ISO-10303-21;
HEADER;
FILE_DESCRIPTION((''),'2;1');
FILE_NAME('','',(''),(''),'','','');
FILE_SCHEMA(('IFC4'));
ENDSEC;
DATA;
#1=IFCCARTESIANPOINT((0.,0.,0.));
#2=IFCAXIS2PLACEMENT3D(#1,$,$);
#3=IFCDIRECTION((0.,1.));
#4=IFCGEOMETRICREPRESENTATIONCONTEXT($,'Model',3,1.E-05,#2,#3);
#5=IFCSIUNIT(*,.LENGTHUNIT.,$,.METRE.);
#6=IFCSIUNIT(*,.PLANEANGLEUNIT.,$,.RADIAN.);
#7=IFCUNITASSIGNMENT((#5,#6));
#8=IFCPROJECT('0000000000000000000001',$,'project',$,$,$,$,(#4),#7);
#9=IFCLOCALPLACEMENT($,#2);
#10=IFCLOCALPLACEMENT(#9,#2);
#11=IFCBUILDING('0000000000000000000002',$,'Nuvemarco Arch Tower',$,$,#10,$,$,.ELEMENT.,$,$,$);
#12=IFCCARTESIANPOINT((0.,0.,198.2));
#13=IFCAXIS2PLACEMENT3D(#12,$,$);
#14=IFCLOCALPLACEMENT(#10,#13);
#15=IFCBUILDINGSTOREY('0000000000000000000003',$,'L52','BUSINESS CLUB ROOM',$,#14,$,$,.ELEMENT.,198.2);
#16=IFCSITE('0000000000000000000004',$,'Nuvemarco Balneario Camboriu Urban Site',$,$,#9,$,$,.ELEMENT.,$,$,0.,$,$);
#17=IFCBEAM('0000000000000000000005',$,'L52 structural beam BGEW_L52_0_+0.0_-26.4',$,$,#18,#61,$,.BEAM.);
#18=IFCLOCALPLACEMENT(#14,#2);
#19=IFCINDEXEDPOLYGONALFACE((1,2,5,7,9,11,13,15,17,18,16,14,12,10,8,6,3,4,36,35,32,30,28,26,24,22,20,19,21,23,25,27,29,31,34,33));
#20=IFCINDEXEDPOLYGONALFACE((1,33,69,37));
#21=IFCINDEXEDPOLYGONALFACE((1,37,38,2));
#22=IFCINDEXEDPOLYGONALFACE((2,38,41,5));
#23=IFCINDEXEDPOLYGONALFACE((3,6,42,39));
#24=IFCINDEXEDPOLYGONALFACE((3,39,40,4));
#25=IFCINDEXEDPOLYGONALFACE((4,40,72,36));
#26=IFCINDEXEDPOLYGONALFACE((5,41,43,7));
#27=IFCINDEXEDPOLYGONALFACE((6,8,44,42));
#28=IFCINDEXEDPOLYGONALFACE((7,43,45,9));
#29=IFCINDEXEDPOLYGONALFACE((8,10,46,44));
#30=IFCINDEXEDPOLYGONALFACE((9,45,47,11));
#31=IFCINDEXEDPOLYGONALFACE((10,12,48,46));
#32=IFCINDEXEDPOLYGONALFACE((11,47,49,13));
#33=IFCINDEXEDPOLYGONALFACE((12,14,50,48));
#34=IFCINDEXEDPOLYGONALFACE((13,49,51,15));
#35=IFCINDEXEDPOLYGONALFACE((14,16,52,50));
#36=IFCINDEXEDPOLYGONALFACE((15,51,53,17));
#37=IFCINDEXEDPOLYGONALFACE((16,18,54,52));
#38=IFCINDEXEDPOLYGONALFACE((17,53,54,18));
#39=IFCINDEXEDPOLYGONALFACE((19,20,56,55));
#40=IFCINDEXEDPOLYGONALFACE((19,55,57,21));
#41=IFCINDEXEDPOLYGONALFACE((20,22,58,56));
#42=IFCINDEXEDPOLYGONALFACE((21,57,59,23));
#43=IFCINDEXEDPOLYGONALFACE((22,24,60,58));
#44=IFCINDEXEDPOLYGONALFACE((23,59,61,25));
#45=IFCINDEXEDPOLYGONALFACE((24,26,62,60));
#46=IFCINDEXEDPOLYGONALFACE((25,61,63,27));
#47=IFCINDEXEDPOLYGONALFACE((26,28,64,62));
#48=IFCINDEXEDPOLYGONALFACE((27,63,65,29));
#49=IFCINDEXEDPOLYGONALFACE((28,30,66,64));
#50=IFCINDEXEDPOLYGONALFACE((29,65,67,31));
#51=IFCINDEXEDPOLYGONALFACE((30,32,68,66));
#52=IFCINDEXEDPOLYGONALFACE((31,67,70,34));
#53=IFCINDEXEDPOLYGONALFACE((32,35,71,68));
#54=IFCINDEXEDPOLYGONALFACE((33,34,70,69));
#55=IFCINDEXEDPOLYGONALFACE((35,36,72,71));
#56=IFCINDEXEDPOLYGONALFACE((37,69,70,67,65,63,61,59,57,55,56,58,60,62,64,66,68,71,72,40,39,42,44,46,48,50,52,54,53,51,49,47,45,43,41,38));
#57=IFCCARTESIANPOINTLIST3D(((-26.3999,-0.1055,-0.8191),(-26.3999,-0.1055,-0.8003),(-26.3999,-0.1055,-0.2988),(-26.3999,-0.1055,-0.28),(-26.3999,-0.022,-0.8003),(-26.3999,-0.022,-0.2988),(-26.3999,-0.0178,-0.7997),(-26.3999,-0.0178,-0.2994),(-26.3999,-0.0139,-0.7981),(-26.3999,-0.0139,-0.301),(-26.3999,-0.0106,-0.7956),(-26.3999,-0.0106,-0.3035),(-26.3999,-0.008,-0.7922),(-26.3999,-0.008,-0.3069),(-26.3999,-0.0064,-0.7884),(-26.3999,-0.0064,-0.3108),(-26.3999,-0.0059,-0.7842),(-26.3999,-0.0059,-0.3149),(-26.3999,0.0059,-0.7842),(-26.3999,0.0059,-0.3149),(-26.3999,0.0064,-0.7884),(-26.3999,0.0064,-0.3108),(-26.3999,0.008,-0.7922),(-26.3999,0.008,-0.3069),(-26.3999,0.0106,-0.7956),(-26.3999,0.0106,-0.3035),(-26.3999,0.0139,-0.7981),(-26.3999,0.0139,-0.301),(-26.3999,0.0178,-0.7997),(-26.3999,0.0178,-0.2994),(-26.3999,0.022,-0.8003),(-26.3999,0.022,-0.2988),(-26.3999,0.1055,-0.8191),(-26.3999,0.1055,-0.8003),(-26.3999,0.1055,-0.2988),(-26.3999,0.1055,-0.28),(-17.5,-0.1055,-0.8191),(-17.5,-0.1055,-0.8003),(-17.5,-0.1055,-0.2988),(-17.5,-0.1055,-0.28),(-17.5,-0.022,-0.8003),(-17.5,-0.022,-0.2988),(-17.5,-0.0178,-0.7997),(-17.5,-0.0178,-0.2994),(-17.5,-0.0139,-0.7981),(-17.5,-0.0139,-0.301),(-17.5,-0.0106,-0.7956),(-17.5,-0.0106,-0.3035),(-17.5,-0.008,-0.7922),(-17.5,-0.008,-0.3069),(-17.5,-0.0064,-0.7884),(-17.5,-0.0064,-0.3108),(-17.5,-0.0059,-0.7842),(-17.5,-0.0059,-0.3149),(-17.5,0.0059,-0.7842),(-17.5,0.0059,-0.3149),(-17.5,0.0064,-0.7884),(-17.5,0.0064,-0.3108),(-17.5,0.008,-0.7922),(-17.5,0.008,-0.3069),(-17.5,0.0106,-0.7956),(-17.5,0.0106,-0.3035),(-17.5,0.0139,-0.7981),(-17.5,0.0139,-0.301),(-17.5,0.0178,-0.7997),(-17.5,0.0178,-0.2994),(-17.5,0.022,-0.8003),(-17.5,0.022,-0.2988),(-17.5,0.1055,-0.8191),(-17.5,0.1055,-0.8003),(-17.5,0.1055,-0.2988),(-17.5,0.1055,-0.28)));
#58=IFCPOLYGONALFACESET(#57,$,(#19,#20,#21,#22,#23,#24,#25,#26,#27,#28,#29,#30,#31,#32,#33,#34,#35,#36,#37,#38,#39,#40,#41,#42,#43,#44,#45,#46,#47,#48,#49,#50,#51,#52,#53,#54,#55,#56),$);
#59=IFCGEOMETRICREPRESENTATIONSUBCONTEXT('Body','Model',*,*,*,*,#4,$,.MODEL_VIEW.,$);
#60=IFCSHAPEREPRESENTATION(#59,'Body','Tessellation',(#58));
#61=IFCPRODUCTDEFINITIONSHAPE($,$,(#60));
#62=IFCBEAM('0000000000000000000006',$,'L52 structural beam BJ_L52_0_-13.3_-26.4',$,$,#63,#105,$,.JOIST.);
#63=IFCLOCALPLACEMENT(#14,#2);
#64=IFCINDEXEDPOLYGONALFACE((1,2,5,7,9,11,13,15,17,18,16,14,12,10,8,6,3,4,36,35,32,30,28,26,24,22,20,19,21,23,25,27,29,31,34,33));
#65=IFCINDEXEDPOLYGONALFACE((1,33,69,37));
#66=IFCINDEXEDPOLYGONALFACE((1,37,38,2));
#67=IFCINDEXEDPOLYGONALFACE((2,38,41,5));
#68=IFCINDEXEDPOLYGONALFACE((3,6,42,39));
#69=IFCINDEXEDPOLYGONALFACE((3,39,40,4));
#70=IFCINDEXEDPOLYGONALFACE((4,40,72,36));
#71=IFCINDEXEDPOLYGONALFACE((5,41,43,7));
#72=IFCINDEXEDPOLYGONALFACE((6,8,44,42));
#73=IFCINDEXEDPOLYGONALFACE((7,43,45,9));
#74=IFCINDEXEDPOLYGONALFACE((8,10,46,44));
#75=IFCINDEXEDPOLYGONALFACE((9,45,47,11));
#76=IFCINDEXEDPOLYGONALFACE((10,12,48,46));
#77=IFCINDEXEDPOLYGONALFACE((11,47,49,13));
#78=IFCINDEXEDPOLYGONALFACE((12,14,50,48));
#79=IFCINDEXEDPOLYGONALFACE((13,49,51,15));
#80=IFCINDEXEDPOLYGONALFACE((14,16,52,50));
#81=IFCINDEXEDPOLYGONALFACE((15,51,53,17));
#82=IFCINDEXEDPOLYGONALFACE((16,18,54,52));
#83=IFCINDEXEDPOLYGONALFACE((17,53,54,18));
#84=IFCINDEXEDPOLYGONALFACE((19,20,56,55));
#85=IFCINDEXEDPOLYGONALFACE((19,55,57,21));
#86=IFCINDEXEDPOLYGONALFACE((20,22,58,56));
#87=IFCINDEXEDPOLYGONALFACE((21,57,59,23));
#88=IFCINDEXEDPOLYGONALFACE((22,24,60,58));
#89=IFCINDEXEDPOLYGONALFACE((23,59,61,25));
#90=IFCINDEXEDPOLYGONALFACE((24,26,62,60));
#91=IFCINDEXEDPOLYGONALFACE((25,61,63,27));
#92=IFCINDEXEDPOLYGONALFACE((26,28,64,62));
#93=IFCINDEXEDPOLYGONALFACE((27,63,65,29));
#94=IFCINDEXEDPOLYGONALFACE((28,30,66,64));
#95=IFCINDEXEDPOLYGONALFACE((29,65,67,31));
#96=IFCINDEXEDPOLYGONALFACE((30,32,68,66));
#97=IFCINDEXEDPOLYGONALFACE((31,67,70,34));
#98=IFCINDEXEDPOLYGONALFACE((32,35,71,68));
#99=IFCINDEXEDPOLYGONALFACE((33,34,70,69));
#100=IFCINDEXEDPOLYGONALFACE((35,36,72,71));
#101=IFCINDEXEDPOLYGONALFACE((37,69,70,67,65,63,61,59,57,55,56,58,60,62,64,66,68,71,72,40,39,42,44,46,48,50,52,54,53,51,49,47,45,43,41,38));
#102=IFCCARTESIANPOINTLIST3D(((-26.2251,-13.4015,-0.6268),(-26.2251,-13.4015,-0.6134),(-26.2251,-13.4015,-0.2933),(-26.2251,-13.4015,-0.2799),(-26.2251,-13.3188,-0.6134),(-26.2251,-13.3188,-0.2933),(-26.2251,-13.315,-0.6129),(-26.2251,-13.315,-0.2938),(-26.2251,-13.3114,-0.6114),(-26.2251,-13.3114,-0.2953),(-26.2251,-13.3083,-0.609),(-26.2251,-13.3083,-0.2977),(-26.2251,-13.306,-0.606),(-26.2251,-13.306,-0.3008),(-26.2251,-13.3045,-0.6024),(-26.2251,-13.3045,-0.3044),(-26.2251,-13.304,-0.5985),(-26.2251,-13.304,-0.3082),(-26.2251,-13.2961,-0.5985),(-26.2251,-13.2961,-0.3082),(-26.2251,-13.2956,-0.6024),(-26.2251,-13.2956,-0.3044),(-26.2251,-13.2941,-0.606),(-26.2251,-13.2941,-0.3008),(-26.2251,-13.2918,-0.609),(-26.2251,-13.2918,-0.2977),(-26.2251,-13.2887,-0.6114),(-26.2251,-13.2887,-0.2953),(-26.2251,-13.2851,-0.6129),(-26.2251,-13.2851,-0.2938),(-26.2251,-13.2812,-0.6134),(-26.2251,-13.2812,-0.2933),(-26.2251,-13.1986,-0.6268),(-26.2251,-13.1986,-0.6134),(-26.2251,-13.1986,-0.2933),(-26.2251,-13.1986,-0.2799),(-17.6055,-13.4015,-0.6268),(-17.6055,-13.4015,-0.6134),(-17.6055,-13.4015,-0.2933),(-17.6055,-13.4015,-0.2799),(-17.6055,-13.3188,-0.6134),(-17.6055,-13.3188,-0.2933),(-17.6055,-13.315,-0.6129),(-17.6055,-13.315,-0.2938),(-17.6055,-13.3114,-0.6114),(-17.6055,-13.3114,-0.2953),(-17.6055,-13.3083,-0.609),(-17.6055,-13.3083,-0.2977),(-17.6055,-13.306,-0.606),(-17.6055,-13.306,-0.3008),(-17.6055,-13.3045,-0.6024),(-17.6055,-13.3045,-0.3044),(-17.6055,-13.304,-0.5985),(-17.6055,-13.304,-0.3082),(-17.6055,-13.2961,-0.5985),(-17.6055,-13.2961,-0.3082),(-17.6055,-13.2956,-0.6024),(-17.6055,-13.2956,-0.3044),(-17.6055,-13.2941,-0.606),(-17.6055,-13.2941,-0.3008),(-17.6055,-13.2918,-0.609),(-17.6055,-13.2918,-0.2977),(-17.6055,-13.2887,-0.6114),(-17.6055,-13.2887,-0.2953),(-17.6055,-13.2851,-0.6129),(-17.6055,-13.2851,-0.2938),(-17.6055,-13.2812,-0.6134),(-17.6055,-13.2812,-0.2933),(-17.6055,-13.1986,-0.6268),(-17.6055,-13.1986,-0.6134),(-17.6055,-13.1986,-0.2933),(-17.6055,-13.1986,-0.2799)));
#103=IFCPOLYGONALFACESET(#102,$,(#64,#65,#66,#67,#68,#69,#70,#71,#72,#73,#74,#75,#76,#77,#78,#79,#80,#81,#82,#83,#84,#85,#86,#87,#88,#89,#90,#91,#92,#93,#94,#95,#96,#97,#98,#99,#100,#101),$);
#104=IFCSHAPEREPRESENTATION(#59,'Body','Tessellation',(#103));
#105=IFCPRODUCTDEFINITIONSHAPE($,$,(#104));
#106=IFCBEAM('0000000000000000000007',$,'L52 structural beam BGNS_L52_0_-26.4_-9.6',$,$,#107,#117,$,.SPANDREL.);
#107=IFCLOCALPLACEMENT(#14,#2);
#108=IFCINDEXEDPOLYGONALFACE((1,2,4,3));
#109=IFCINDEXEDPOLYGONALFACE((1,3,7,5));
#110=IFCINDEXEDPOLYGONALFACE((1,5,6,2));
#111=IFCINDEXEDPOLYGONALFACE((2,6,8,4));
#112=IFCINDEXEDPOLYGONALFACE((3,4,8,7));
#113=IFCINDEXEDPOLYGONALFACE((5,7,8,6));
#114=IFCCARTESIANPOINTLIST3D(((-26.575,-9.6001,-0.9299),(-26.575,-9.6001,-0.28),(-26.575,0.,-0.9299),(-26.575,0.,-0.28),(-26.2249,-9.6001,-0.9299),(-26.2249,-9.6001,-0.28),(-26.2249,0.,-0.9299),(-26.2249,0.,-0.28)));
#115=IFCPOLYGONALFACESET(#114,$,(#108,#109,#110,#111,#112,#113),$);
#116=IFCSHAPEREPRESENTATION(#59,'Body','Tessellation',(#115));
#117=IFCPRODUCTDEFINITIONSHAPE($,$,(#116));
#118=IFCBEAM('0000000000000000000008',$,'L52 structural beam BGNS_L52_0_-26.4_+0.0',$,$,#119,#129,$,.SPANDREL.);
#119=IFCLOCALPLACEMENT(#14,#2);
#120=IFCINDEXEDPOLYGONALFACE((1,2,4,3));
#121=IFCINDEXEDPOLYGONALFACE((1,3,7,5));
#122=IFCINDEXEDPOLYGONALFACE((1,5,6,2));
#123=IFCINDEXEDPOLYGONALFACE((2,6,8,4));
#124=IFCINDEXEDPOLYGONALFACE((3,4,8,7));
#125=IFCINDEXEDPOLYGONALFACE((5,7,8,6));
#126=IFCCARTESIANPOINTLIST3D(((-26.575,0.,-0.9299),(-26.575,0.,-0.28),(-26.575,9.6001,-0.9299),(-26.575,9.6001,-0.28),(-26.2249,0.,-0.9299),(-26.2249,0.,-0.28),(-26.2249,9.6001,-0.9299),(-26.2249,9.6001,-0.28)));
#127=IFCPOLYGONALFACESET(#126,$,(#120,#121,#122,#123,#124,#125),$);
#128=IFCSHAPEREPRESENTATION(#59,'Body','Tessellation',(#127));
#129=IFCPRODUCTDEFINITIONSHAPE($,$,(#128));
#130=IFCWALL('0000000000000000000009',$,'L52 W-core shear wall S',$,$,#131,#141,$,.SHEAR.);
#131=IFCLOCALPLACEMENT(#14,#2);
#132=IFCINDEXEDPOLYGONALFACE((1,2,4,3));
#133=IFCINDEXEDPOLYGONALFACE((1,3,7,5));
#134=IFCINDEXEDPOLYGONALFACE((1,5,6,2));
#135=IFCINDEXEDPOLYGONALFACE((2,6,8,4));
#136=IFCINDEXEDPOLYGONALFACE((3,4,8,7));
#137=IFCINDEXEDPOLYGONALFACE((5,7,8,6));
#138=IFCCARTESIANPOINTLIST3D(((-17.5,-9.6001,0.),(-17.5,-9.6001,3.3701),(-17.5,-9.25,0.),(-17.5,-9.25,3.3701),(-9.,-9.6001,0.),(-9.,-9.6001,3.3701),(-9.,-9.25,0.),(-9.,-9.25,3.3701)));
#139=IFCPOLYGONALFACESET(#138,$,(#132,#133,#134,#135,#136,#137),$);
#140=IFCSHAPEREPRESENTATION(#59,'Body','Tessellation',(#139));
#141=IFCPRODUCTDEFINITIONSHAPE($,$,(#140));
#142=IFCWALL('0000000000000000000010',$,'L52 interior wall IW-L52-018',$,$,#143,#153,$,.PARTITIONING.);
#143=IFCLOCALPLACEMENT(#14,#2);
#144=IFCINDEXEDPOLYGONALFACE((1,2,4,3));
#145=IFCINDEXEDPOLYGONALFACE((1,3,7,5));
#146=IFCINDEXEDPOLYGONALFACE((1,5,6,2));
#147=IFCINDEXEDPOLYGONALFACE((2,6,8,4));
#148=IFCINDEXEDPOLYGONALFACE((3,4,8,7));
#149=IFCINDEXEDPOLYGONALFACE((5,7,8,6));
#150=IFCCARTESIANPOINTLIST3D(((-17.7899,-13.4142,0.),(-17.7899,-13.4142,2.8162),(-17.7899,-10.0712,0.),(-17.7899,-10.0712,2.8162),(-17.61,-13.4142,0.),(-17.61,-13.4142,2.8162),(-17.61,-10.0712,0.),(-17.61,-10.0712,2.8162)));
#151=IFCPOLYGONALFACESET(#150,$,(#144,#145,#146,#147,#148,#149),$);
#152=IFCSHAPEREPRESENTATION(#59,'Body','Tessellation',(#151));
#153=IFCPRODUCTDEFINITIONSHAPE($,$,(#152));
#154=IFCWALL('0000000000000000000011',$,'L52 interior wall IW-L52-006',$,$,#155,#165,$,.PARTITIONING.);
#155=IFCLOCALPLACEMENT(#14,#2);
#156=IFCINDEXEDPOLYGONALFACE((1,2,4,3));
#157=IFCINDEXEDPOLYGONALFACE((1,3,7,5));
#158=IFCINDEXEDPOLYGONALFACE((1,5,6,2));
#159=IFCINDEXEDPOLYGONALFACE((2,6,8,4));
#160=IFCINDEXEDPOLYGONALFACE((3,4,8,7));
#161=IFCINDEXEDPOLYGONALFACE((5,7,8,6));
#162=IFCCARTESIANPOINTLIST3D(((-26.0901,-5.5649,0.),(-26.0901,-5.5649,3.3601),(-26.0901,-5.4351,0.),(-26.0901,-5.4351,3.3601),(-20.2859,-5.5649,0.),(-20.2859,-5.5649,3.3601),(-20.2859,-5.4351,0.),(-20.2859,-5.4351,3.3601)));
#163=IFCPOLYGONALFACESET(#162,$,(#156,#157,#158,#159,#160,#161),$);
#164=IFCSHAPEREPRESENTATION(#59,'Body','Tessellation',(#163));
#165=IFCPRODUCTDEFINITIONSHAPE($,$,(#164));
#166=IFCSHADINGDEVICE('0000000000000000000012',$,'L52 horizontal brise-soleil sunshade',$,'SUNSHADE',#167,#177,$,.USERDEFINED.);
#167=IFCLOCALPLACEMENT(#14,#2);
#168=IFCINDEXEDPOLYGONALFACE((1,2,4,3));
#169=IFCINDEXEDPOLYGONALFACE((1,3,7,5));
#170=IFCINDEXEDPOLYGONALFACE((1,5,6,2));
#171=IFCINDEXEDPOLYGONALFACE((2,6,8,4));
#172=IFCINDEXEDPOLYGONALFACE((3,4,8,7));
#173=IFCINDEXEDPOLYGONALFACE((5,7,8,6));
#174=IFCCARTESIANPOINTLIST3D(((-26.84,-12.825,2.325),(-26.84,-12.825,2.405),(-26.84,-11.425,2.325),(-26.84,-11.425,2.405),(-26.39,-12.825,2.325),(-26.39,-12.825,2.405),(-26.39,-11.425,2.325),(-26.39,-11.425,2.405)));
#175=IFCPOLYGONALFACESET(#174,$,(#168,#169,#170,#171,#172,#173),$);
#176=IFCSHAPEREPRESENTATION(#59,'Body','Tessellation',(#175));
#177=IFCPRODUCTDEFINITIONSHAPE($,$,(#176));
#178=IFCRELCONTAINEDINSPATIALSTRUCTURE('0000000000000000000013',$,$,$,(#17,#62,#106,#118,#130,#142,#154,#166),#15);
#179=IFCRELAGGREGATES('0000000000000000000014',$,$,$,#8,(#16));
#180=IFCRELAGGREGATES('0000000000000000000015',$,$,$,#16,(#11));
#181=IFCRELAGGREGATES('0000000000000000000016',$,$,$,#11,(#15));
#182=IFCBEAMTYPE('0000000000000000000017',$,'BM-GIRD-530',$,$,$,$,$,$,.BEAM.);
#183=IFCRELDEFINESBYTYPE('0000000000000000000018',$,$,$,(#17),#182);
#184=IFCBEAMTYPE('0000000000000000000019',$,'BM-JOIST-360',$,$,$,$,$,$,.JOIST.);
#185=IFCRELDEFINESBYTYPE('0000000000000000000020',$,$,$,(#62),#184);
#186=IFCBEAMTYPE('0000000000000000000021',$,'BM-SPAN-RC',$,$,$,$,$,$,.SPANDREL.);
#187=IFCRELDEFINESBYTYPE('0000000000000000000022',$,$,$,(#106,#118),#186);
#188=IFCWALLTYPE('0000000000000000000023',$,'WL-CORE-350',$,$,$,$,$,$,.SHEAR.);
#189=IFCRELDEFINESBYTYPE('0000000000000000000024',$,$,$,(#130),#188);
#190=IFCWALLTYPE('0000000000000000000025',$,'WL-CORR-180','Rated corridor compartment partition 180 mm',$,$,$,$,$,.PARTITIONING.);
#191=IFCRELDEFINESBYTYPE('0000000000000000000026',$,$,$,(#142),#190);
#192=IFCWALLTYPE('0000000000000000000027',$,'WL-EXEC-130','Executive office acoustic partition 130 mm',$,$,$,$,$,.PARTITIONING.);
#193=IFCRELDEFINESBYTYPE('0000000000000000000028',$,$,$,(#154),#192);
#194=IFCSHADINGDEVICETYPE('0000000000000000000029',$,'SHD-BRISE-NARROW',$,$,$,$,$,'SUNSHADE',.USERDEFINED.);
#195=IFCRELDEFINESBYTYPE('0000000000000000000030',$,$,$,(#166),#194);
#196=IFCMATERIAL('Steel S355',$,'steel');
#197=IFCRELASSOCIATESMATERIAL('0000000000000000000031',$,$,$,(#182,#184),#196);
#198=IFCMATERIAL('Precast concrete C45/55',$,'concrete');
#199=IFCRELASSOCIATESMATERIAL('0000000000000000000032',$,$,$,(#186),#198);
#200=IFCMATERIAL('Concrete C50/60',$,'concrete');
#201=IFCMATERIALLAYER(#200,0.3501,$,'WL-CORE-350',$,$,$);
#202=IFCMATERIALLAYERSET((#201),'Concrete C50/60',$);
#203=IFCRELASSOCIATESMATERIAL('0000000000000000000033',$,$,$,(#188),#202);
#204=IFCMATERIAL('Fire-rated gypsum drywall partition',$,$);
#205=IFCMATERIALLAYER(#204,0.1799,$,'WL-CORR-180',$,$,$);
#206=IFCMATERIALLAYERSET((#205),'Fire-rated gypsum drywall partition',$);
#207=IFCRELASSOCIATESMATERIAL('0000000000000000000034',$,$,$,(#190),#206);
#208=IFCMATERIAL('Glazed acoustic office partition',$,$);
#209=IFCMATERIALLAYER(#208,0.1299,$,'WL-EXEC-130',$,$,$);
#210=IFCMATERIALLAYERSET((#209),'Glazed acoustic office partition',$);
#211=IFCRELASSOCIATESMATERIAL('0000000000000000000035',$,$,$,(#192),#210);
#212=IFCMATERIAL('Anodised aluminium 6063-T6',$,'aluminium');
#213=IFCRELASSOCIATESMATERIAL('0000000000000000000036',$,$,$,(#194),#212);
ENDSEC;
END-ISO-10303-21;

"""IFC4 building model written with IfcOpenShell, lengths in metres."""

from ifc_helpers import new_model, si_unit, direction, frame, frame_2d, origin, origin_2d, place, context, subcontext, project, spatial, rectangle, i_section, extrude, source, transform, mapped, material, layer, layer_set, material_profile, profile_set, type_object, type_shapes, element, save


model = new_model("IFC4")

# Units and contexts
model_context = context("Model", 3, precision=1e-05, world=origin(), true_north=direction((0.0, 1.0)))
body_context = subcontext(model_context, "Body", "Model", "MODEL_VIEW")
ifc_project = project(units=[si_unit("LENGTHUNIT", "METRE"), si_unit("PLANEANGLEUNIT", "RADIAN")], contexts=[model_context])

# Site, building, storey
site_placement = place(None, origin())
site = spatial("IfcSite", under=ifc_project, at=site_placement, Name="Nuvemarco Balneario Camboriu Urban Site", CompositionType="ELEMENT", RefElevation=0.0)
building_placement = place(site_placement, origin())
building = spatial("IfcBuilding", under=site, at=building_placement, Name="Nuvemarco Arch Tower", CompositionType="ELEMENT")
storey_placement = place(building_placement, frame((0.0, 0.0, 198.2)))
storey = spatial("IfcBuildingStorey", under=building, at=storey_placement, Name="L52", Description="BUSINESS CLUB ROOM", CompositionType="ELEMENT", Elevation=198.2)

# Shared definitions
ifc_material_1 = material(Name="Concrete C50/60", Category="concrete")
ifc_material_2 = material(Name="Steel S355", Category="steel")

# Beams
ifc_material_profile_1 = material_profile(ifc_material_2, i_section(OverallWidth=0.2109, OverallDepth=0.5391, WebThickness=0.0117, FlangeThickness=0.0188, FilletRadius=0.0161, at=origin_2d()), Name="W530x109")
ifc_profile_set_1 = profile_set([ifc_material_profile_1], Name="Steel S355")
beam_type_1 = type_object("IfcBeamType", Name="BM-GIRD-530", PredefinedType="BEAM", material=ifc_profile_set_1)
beam_1_placement = place(storey_placement, frame((-26.3999, 0.0, -0.5496), z_axis=(1.0, 0.0, 0.0), x_axis=(0.0, 1.0, 0.0)))
element("IfcBeam", 1, at=beam_1_placement, inside=storey, type_object=beam_type_1, Name="L52 structural beam BGEW_L52_0_+0.0_-26.4", PredefinedType="BEAM", context=body_context, shape_type="SweptSolid", body=[
    extrude(i_section(OverallWidth=0.2109, OverallDepth=0.5391, WebThickness=0.0117, FlangeThickness=0.0188, FilletRadius=0.0161, at=origin_2d()), origin(), (0.0, 0.0, 1.0), 8.8999),
])
ifc_material_profile_2 = material_profile(ifc_material_2, i_section(OverallWidth=0.2029, OverallDepth=0.3469, WebThickness=0.0078, FlangeThickness=0.0134, FilletRadius=0.0149, at=origin_2d()), Name="W360x64")
ifc_profile_set_2 = profile_set([ifc_material_profile_2], Name="Steel S355")
beam_type_2 = type_object("IfcBeamType", Name="BM-JOIST-360", PredefinedType="JOIST", material=ifc_profile_set_2)
beam_2_placement = place(storey_placement, frame((-26.2251, -13.3, -0.4534), z_axis=(1.0, 0.0, 0.0), x_axis=(0.0, 1.0, 0.0)))
element("IfcBeam", 2, at=beam_2_placement, inside=storey, type_object=beam_type_2, Name="L52 structural beam BJ_L52_0_-13.3_-26.4", PredefinedType="JOIST", context=body_context, shape_type="SweptSolid", body=[
    extrude(i_section(OverallWidth=0.2029, OverallDepth=0.3469, WebThickness=0.0078, FlangeThickness=0.0134, FilletRadius=0.0149, at=origin_2d()), origin(), (0.0, 0.0, 1.0), 8.6196),
])
ifc_material_3 = material(Name="Precast concrete C45/55", Category="concrete")
ifc_material_profile_3 = material_profile(ifc_material_3, rectangle(XDim=0.3501, YDim=0.6499, at=origin_2d()), Name="PC-SP-350x650")
ifc_profile_set_3 = profile_set([ifc_material_profile_3], Name="Precast concrete C45/55")
beam_type_3 = type_object("IfcBeamType", Name="BM-SPAN-RC", PredefinedType="SPANDREL", material=ifc_profile_set_3)
for number, where, z_axis, x_axis, name in (
    (3, (-26.3999, -9.6001, -0.605), (0.0, 1.0, 0.0), (-1.0, 0.0, 0.0), "L52 structural beam BGNS_L52_0_-26.4_-9.6"),
    (4, (-26.3999, 0.0, -0.605), (0.0, 1.0, 0.0), (-1.0, 0.0, 0.0), "L52 structural beam BGNS_L52_0_-26.4_+0.0"),
):
    element("IfcBeam", number, at=place(storey_placement, frame(where, z_axis=z_axis, x_axis=x_axis)), inside=storey, type_object=beam_type_3, Name=name, PredefinedType="SPANDREL", context=body_context, shape_type="SweptSolid", body=[
        extrude(rectangle(XDim=0.3501, YDim=0.6499, at=origin_2d()), origin(), (0.0, 0.0, 1.0), 9.6001),
    ])

# Walls
ifc_layer_1 = layer(ifc_material_1, 0.3501, Name="WL-CORE-350")
ifc_layer_set_1 = layer_set([ifc_layer_1], Name="Concrete C50/60")
wall_type_1 = type_object("IfcWallType", Name="WL-CORE-350", PredefinedType="SHEAR", material=ifc_layer_set_1)
wall_1_placement = place(storey_placement, frame((-17.5, -9.425, 0.0), z_axis=(0.0, 0.0, 1.0), x_axis=(1.0, 0.0, 0.0)))
element("IfcWall", 5, at=wall_1_placement, inside=storey, type_object=wall_type_1, Name="L52 W-core shear wall S", PredefinedType="SHEAR", context=body_context, shape_type="SweptSolid", body=[
    extrude(rectangle(XDim=8.5, YDim=0.3501, at=frame_2d((4.25, 0.0))), origin(), (0.0, 0.0, 1.0), 3.3701),
])
ifc_material_4 = material(Name="Fire-rated gypsum drywall partition")
ifc_layer_2 = layer(ifc_material_4, 0.1799, Name="WL-CORR-180")
ifc_layer_set_2 = layer_set([ifc_layer_2], Name="Fire-rated gypsum drywall partition")
wall_type_2 = type_object("IfcWallType", Name="WL-CORR-180", Description="Rated corridor compartment partition 180 mm", PredefinedType="PARTITIONING", material=ifc_layer_set_2)
wall_2_placement = place(storey_placement, frame((-17.7, -13.4141, 0.0), z_axis=(0.0, 0.0, 1.0), x_axis=(0.0, 1.0, 0.0)))
element("IfcWall", 6, at=wall_2_placement, inside=storey, type_object=wall_type_2, Name="L52 interior wall IW-L52-018", PredefinedType="PARTITIONING", context=body_context, shape_type="SweptSolid", body=[
    extrude(rectangle(XDim=3.343, YDim=0.1799, at=frame_2d((1.6714, 0.0))), origin(), (0.0, 0.0, 1.0), 2.8162),
])
ifc_material_5 = material(Name="Glazed acoustic office partition")
ifc_layer_3 = layer(ifc_material_5, 0.1299, Name="WL-EXEC-130")
ifc_layer_set_3 = layer_set([ifc_layer_3], Name="Glazed acoustic office partition")
wall_type_3 = type_object("IfcWallType", Name="WL-EXEC-130", Description="Executive office acoustic partition 130 mm", PredefinedType="PARTITIONING", material=ifc_layer_set_3)
wall_3_placement = place(storey_placement, frame((-26.0901, -5.5, 0.0), z_axis=(0.0, 0.0, 1.0), x_axis=(1.0, 0.0, 0.0)))
element("IfcWall", 7, at=wall_3_placement, inside=storey, type_object=wall_type_3, Name="L52 interior wall IW-L52-006", PredefinedType="PARTITIONING", context=body_context, shape_type="SweptSolid", body=[
    extrude(rectangle(XDim=5.8042, YDim=0.1299, at=frame_2d((2.9021, 0.0))), origin(), (0.0, 0.0, 1.0), 3.3601),
])

# Shading device
ifc_material_6 = material(Name="Anodised aluminium 6063-T6", Category="aluminium")
shading_device_type = type_object("IfcShadingDeviceType", Name="SHD-BRISE-NARROW", ElementType="SUNSHADE", PredefinedType="USERDEFINED", material=ifc_material_6)
shared_shape = source(origin(), body_context, "Body", "SweptSolid", [
    extrude(rectangle(XDim=1.3999, YDim=0.45, at=origin_2d()), origin(), (0.0, 0.0, 1.0), 0.0801),
])
type_shapes(shading_device_type, [shared_shape])
for number, where, z_axis, x_axis, name in (
    (8, (-26.615, -12.125, 2.325), (0.0, 0.0, 1.0), (0.0, 1.0, 0.0), "L52 horizontal brise-soleil sunshade"),
):
    element("IfcShadingDevice", number, at=place(storey_placement, frame(where, z_axis=z_axis, x_axis=x_axis)), inside=storey, type_object=shading_device_type, Name=name, ObjectType="SUNSHADE", PredefinedType="USERDEFINED", context=body_context, shape_type="MappedRepresentation", body=[
        mapped(shared_shape, transform((0.0, 0.0, 0.0), scale=1.0)),
    ])

save(model, "model.ifc")
